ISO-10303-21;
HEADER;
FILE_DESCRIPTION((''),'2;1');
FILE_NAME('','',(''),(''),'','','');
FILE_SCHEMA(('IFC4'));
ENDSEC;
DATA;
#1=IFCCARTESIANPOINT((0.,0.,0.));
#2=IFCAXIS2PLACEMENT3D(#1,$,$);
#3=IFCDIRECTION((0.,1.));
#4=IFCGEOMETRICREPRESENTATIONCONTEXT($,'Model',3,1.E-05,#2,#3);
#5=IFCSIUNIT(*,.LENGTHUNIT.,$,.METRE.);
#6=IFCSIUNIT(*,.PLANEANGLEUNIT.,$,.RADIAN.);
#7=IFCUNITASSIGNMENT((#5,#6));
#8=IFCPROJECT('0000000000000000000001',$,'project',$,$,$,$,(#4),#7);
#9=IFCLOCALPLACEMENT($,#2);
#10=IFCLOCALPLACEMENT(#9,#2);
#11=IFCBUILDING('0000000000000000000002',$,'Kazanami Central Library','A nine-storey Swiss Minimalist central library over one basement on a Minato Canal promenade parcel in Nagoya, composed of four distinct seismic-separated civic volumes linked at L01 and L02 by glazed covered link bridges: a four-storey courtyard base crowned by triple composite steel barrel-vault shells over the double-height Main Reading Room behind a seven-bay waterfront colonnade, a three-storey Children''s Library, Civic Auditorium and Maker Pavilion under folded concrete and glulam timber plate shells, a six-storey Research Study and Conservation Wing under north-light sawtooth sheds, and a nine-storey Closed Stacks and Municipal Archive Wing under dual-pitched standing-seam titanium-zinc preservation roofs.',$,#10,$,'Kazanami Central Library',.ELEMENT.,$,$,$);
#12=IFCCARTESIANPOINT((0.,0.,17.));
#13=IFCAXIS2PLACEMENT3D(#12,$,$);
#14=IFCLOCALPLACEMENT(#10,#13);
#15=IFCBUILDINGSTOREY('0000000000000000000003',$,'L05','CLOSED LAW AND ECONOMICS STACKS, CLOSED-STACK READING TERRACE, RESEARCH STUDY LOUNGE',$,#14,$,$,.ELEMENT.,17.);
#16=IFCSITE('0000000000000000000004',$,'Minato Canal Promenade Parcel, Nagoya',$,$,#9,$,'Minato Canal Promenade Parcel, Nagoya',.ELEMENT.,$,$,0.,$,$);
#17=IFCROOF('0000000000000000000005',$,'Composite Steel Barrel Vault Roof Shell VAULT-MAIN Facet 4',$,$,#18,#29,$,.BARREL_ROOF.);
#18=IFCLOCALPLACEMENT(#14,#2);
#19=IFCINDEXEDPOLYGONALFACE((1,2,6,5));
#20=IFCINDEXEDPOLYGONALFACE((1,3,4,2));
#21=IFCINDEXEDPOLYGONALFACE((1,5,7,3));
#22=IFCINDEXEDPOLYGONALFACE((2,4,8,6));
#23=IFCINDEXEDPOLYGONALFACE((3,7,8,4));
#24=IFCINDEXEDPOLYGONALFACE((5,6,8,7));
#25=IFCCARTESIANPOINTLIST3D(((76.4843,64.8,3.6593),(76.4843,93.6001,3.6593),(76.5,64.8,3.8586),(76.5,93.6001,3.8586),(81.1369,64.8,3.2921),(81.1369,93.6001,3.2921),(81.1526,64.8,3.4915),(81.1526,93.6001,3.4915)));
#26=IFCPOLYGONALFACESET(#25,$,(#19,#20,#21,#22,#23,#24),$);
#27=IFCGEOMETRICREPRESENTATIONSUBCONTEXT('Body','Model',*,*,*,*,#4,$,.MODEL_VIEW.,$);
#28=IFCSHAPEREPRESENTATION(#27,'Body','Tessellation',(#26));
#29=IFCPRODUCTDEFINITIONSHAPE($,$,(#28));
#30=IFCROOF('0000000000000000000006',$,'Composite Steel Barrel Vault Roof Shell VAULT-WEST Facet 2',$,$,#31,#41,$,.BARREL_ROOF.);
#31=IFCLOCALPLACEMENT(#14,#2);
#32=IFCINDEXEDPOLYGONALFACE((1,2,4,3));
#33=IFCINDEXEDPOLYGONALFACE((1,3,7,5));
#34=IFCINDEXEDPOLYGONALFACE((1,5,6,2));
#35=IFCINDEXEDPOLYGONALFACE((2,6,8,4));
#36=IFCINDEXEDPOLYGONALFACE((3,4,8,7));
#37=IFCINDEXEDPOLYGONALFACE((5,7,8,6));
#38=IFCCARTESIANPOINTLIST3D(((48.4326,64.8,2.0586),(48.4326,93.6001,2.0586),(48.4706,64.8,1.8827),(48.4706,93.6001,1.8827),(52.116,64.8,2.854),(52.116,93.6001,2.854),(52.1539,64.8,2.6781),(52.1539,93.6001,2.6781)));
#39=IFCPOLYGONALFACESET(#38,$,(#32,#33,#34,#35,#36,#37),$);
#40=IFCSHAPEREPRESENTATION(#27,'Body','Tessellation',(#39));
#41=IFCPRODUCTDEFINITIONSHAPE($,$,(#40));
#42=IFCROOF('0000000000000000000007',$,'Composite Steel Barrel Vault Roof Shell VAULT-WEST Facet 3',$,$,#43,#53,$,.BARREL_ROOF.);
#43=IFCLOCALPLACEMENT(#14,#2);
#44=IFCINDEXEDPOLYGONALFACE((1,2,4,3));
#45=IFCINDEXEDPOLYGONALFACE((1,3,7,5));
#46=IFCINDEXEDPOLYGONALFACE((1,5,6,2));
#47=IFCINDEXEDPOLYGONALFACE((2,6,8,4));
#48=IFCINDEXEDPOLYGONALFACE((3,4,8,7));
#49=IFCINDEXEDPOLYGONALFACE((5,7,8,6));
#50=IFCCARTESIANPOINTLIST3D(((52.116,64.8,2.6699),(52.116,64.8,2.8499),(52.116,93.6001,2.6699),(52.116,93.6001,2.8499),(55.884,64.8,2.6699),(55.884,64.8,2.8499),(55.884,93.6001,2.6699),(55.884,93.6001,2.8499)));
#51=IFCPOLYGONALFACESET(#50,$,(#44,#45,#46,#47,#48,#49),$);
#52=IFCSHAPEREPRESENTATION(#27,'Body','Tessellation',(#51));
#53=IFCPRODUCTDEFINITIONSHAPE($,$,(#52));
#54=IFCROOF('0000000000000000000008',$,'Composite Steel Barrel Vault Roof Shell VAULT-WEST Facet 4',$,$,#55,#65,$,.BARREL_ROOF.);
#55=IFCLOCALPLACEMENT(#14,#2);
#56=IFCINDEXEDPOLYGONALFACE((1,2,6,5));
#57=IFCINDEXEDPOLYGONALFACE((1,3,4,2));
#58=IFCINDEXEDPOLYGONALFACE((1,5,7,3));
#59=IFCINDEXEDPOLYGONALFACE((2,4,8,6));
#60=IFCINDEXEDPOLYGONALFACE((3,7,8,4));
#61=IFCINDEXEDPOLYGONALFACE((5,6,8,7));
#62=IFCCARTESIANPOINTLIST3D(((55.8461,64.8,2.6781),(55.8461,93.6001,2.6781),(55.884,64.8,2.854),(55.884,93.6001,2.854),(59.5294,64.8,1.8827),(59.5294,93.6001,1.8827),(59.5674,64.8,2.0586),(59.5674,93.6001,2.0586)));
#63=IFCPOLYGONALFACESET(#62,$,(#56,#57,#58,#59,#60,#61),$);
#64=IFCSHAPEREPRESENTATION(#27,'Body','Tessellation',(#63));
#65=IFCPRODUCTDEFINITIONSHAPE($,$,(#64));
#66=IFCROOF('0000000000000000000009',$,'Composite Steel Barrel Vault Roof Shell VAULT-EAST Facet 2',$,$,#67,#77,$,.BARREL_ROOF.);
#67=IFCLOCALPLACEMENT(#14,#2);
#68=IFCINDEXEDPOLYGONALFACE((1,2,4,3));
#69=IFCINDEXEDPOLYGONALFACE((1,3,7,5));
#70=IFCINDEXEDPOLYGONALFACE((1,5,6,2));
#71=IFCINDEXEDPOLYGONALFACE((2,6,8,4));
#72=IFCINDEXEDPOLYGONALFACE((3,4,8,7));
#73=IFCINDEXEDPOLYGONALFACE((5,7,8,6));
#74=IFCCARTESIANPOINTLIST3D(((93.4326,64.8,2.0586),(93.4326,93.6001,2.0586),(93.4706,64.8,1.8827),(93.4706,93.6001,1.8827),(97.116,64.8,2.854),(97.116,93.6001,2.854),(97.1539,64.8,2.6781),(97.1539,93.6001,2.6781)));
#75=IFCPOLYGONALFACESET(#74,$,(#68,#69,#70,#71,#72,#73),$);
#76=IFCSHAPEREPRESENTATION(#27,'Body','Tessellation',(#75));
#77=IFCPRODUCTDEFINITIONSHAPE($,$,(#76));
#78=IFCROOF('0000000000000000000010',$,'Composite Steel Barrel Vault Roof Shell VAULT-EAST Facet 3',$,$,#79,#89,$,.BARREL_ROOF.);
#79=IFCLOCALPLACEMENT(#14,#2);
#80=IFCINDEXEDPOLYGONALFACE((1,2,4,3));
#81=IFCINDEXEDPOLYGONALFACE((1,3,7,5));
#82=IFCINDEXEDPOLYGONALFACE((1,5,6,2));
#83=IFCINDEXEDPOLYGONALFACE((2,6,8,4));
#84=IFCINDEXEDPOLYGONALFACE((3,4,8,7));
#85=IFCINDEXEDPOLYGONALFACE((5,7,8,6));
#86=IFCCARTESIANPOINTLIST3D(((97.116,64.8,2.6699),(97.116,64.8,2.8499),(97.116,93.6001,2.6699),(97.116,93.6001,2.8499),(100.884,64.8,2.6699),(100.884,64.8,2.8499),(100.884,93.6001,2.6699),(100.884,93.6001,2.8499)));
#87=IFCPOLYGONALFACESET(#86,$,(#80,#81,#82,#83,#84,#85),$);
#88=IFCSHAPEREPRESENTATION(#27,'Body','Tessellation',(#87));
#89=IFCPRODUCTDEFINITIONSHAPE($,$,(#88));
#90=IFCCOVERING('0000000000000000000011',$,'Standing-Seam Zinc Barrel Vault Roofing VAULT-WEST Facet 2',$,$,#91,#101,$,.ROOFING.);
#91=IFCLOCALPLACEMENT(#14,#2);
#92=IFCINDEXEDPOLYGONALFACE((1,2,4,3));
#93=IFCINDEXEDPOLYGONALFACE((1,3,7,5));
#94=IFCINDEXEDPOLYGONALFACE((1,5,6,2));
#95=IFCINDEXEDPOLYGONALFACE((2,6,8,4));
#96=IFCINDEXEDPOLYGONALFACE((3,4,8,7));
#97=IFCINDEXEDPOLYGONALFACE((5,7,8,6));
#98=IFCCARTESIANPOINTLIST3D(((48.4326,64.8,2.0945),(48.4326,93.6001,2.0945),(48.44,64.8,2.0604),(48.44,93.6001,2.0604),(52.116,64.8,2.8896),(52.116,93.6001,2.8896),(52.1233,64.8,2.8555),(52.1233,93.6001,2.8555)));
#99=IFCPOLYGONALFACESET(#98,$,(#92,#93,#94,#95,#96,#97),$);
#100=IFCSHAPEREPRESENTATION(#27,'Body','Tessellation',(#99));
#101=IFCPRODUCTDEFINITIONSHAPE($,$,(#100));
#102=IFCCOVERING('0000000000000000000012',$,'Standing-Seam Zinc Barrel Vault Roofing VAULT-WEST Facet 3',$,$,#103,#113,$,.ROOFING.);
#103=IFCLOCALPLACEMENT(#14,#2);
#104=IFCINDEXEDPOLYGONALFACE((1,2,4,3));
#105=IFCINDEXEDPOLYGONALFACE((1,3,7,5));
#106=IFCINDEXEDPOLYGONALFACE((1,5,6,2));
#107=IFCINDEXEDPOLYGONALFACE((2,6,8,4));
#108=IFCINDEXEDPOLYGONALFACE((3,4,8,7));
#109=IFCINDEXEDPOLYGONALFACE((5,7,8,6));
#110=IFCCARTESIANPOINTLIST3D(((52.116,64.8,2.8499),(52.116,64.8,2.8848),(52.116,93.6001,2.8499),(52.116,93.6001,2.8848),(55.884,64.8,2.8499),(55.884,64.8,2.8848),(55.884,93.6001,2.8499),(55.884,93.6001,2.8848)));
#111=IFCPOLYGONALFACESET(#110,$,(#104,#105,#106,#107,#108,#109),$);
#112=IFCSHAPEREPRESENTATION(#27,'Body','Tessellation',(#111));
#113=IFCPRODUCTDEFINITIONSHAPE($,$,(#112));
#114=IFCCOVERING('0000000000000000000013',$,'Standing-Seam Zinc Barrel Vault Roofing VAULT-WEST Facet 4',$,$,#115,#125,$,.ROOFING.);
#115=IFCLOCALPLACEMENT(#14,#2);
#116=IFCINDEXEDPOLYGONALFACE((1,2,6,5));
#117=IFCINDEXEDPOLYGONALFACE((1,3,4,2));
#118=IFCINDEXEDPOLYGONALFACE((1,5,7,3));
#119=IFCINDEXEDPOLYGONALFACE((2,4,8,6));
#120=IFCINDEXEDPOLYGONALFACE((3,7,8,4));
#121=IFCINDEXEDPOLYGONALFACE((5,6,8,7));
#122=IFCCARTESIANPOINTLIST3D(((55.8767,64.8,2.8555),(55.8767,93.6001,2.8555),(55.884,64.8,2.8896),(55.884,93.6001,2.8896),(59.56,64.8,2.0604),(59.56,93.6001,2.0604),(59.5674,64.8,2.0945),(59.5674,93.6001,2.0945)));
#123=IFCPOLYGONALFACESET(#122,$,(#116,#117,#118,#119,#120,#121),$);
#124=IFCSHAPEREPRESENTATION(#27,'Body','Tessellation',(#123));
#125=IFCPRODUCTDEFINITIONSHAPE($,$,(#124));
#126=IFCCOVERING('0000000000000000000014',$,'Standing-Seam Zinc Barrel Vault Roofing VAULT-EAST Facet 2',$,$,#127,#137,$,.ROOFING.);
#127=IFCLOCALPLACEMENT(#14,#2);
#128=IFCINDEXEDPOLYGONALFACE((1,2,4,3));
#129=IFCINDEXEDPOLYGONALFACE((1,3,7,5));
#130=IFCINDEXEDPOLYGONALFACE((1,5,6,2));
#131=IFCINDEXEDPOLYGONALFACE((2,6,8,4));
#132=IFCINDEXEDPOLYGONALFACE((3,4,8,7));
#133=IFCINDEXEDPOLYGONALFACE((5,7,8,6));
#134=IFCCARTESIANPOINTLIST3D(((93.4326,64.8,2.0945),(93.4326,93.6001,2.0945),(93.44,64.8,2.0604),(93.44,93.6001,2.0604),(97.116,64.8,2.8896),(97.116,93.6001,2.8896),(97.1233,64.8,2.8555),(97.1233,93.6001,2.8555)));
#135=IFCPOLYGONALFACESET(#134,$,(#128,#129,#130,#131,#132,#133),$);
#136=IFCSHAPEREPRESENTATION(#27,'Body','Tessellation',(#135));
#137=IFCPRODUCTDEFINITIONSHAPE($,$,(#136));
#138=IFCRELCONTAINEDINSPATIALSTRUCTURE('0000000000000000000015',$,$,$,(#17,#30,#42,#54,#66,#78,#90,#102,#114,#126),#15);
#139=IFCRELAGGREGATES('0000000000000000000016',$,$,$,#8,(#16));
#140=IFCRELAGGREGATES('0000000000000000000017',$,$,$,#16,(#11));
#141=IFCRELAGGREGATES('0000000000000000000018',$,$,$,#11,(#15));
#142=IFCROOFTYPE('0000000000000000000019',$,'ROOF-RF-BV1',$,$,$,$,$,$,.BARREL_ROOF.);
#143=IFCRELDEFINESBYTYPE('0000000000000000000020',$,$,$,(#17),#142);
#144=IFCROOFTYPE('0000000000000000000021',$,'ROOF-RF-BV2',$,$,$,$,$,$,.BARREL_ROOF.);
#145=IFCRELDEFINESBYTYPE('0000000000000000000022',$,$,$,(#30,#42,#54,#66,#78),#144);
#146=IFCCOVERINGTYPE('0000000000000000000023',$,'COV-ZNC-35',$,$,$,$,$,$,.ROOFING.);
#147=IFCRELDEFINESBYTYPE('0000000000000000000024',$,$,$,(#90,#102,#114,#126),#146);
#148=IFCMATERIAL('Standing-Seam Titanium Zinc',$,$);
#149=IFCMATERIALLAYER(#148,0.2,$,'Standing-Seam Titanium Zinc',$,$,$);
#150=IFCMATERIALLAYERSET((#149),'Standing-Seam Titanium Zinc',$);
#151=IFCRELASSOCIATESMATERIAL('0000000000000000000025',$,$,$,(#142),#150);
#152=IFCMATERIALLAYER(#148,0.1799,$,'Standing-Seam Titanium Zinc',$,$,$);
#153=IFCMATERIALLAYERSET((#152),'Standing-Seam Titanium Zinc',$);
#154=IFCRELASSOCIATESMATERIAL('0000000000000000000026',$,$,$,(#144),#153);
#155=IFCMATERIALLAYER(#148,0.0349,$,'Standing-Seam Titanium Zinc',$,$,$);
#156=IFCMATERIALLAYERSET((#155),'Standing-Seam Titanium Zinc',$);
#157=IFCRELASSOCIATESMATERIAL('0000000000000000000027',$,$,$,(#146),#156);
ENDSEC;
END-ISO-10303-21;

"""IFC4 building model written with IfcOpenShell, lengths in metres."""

from ifc_helpers import new_model, si_unit, direction, frame, origin, place, context, subcontext, project, spatial, polyline, outline, extrude, material, layer, layer_set, type_object, element, save


model = new_model("IFC4")

# Units and contexts
model_context = context("Model", 3, precision=1e-05, world=origin(), true_north=direction((0.0, 1.0)))
body_context = subcontext(model_context, "Body", "Model", "MODEL_VIEW")
ifc_project = project(units=[si_unit("LENGTHUNIT", "METRE"), si_unit("PLANEANGLEUNIT", "RADIAN")], contexts=[model_context])

# Site, building, storey
site_placement = place(None, origin())
site = spatial("IfcSite", under=ifc_project, at=site_placement, Name="Minato Canal Promenade Parcel, Nagoya", LongName="Minato Canal Promenade Parcel, Nagoya", CompositionType="ELEMENT", RefElevation=0.0)
building_placement = place(site_placement, origin())
building = spatial("IfcBuilding", under=site, at=building_placement, Name="Kazanami Central Library", Description="A nine-storey Swiss Minimalist central library over one basement on a Minato Canal promenade parcel in Nagoya, composed of four distinct seismic-separated civic volumes linked at L01 and L02 by glazed covered link bridges: a four-storey courtyard base crowned by triple composite steel barrel-vault shells over the double-height Main Reading Room behind a seven-bay waterfront colonnade, a three-storey Children's Library, Civic Auditorium and Maker Pavilion under folded concrete and glulam timber plate shells, a six-storey Research Study and Conservation Wing under north-light sawtooth sheds, and a nine-storey Closed Stacks and Municipal Archive Wing under dual-pitched standing-seam titanium-zinc preservation roofs.", LongName="Kazanami Central Library", CompositionType="ELEMENT")
storey_placement = place(building_placement, frame((0.0, 0.0, 17.0)))
storey = spatial("IfcBuildingStorey", under=building, at=storey_placement, Name="L05", Description="CLOSED LAW AND ECONOMICS STACKS, CLOSED-STACK READING TERRACE, RESEARCH STUDY LOUNGE", CompositionType="ELEMENT", Elevation=17.0)

# Roofs
ifc_material_1 = material(Name="Standing-Seam Titanium Zinc")
ifc_layer_1 = layer(ifc_material_1, 0.2, Name="Standing-Seam Titanium Zinc")
ifc_layer_set_1 = layer_set([ifc_layer_1], Name="Standing-Seam Titanium Zinc")
roof_type_1 = type_object("IfcRoofType", Name="ROOF-RF-BV1", PredefinedType="BARREL_ROOF", material=ifc_layer_set_1)
for number, where, z_axis, x_axis, name in (
    (1, (76.5, 64.8, 3.8586), (0.078676, 0.0, 0.9969), (0.9969, 0.0, -0.078676), "Composite Steel Barrel Vault Roof Shell VAULT-MAIN Facet 4"),
):
    element("IfcRoof", number, at=place(storey_placement, frame(where, z_axis=z_axis, x_axis=x_axis)), inside=storey, type_object=roof_type_1, Name=name, PredefinedType="BARREL_ROOF", context=body_context, shape_type="SweptSolid", body=[
        extrude(outline(polyline([(0.0, 0.0), (4.6671, 0.0), (4.6671, 28.8), (0.0, 28.8), (0.0, 0.0)])), origin(), (0.0, 0.0, -1.0), 0.2),
    ])
ifc_layer_2 = layer(ifc_material_1, 0.1799, Name="Standing-Seam Titanium Zinc")
ifc_layer_set_2 = layer_set([ifc_layer_2], Name="Standing-Seam Titanium Zinc")
roof_type_2 = type_object("IfcRoofType", Name="ROOF-RF-BV2", PredefinedType="BARREL_ROOF", material=ifc_layer_set_2)
roof_1_placement = place(storey_placement, frame((48.4326, 64.8, 2.0586), z_axis=(-0.211082, 0.0, 0.977468), x_axis=(0.977468, 0.0, 0.211082)))
element("IfcRoof", 2, at=roof_1_placement, inside=storey, type_object=roof_type_2, Name="Composite Steel Barrel Vault Roof Shell VAULT-WEST Facet 2", PredefinedType="BARREL_ROOF", context=body_context, shape_type="SweptSolid", body=[
    extrude(outline(polyline([(0.0, 0.0), (3.7683, 0.0), (3.7683, 28.8), (0.0, 28.8), (0.0, 0.0)])), origin(), (0.0, 0.0, -1.0), 0.1799),
])
roof_2_placement = place(storey_placement, frame((52.116, 64.8, 2.8499), z_axis=(0.0, 0.0, 1.0), x_axis=(1.0, 0.0, 0.0)))
element("IfcRoof", 3, at=roof_2_placement, inside=storey, type_object=roof_type_2, Name="Composite Steel Barrel Vault Roof Shell VAULT-WEST Facet 3", PredefinedType="BARREL_ROOF", context=body_context, shape_type="SweptSolid", body=[
    extrude(outline(polyline([(0.0, 0.0), (3.7681, 0.0), (3.7681, 28.8), (0.0, 28.8), (0.0, 0.0)])), origin(), (0.0, 0.0, -1.0), 0.1799),
])
for number, where, z_axis, x_axis, name in (
    (4, (55.884, 64.8, 2.854), (0.211082, 0.0, 0.977468), (0.977468, 0.0, -0.211082), "Composite Steel Barrel Vault Roof Shell VAULT-WEST Facet 4"),
    (5, (93.4326, 64.8, 2.0586), (-0.211082, 0.0, 0.977468), (0.977468, 0.0, 0.211082), "Composite Steel Barrel Vault Roof Shell VAULT-EAST Facet 2"),
):
    element("IfcRoof", number, at=place(storey_placement, frame(where, z_axis=z_axis, x_axis=x_axis)), inside=storey, type_object=roof_type_2, Name=name, PredefinedType="BARREL_ROOF", context=body_context, shape_type="SweptSolid", body=[
        extrude(outline(polyline([(0.0, 0.0), (3.7683, 0.0), (3.7683, 28.8), (0.0, 28.8), (0.0, 0.0)])), origin(), (0.0, 0.0, -1.0), 0.1799),
    ])
roof_3_placement = place(storey_placement, frame((97.116, 64.8, 2.8499), z_axis=(0.0, 0.0, 1.0), x_axis=(1.0, 0.0, 0.0)))
element("IfcRoof", 6, at=roof_3_placement, inside=storey, type_object=roof_type_2, Name="Composite Steel Barrel Vault Roof Shell VAULT-EAST Facet 3", PredefinedType="BARREL_ROOF", context=body_context, shape_type="SweptSolid", body=[
    extrude(outline(polyline([(0.0, 0.0), (3.7681, 0.0), (3.7681, 28.8), (0.0, 28.8), (0.0, 0.0)])), origin(), (0.0, 0.0, -1.0), 0.1799),
])

# Coverings
ifc_layer_3 = layer(ifc_material_1, 0.0349, Name="Standing-Seam Titanium Zinc")
ifc_layer_set_3 = layer_set([ifc_layer_3], Name="Standing-Seam Titanium Zinc")
covering_type = type_object("IfcCoveringType", Name="COV-ZNC-35", PredefinedType="ROOFING", material=ifc_layer_set_3)
covering_1_placement = place(storey_placement, frame((48.4326, 64.8, 2.0945), z_axis=(-0.21102, 0.0, 0.977482), x_axis=(0.977482, 0.0, 0.21102)))
element("IfcCovering", 7, at=covering_1_placement, inside=storey, type_object=covering_type, Name="Standing-Seam Zinc Barrel Vault Roofing VAULT-WEST Facet 2", PredefinedType="ROOFING", context=body_context, shape_type="SweptSolid", body=[
    extrude(outline(polyline([(0.0, 0.0), (3.7682, 0.0), (3.7682, 28.8), (0.0, 28.8), (0.0, 0.0)])), origin(), (0.0, 0.0, -1.0), 0.0349),
])
covering_2_placement = place(storey_placement, frame((52.116, 64.8, 2.8848), z_axis=(0.0, 0.0, 1.0), x_axis=(1.0, 0.0, 0.0)))
element("IfcCovering", 8, at=covering_2_placement, inside=storey, type_object=covering_type, Name="Standing-Seam Zinc Barrel Vault Roofing VAULT-WEST Facet 3", PredefinedType="ROOFING", context=body_context, shape_type="SweptSolid", body=[
    extrude(outline(polyline([(0.0, 0.0), (3.7681, 0.0), (3.7681, 28.8), (0.0, 28.8), (0.0, 0.0)])), origin(), (0.0, 0.0, -1.0), 0.0349),
])
for number, where, z_axis, x_axis, name in (
    (9, (55.884, 64.8, 2.8896), (0.21102, 0.0, 0.977482), (0.977482, 0.0, -0.21102), "Standing-Seam Zinc Barrel Vault Roofing VAULT-WEST Facet 4"),
    (10, (93.4326, 64.8, 2.0945), (-0.21102, 0.0, 0.977482), (0.977482, 0.0, 0.21102), "Standing-Seam Zinc Barrel Vault Roofing VAULT-EAST Facet 2"),
):
    element("IfcCovering", number, at=place(storey_placement, frame(where, z_axis=z_axis, x_axis=x_axis)), inside=storey, type_object=covering_type, Name=name, PredefinedType="ROOFING", context=body_context, shape_type="SweptSolid", body=[
        extrude(outline(polyline([(0.0, 0.0), (3.7682, 0.0), (3.7682, 28.8), (0.0, 28.8), (0.0, 0.0)])), origin(), (0.0, 0.0, -1.0), 0.0349),
    ])

save(model, "model.ifc")
